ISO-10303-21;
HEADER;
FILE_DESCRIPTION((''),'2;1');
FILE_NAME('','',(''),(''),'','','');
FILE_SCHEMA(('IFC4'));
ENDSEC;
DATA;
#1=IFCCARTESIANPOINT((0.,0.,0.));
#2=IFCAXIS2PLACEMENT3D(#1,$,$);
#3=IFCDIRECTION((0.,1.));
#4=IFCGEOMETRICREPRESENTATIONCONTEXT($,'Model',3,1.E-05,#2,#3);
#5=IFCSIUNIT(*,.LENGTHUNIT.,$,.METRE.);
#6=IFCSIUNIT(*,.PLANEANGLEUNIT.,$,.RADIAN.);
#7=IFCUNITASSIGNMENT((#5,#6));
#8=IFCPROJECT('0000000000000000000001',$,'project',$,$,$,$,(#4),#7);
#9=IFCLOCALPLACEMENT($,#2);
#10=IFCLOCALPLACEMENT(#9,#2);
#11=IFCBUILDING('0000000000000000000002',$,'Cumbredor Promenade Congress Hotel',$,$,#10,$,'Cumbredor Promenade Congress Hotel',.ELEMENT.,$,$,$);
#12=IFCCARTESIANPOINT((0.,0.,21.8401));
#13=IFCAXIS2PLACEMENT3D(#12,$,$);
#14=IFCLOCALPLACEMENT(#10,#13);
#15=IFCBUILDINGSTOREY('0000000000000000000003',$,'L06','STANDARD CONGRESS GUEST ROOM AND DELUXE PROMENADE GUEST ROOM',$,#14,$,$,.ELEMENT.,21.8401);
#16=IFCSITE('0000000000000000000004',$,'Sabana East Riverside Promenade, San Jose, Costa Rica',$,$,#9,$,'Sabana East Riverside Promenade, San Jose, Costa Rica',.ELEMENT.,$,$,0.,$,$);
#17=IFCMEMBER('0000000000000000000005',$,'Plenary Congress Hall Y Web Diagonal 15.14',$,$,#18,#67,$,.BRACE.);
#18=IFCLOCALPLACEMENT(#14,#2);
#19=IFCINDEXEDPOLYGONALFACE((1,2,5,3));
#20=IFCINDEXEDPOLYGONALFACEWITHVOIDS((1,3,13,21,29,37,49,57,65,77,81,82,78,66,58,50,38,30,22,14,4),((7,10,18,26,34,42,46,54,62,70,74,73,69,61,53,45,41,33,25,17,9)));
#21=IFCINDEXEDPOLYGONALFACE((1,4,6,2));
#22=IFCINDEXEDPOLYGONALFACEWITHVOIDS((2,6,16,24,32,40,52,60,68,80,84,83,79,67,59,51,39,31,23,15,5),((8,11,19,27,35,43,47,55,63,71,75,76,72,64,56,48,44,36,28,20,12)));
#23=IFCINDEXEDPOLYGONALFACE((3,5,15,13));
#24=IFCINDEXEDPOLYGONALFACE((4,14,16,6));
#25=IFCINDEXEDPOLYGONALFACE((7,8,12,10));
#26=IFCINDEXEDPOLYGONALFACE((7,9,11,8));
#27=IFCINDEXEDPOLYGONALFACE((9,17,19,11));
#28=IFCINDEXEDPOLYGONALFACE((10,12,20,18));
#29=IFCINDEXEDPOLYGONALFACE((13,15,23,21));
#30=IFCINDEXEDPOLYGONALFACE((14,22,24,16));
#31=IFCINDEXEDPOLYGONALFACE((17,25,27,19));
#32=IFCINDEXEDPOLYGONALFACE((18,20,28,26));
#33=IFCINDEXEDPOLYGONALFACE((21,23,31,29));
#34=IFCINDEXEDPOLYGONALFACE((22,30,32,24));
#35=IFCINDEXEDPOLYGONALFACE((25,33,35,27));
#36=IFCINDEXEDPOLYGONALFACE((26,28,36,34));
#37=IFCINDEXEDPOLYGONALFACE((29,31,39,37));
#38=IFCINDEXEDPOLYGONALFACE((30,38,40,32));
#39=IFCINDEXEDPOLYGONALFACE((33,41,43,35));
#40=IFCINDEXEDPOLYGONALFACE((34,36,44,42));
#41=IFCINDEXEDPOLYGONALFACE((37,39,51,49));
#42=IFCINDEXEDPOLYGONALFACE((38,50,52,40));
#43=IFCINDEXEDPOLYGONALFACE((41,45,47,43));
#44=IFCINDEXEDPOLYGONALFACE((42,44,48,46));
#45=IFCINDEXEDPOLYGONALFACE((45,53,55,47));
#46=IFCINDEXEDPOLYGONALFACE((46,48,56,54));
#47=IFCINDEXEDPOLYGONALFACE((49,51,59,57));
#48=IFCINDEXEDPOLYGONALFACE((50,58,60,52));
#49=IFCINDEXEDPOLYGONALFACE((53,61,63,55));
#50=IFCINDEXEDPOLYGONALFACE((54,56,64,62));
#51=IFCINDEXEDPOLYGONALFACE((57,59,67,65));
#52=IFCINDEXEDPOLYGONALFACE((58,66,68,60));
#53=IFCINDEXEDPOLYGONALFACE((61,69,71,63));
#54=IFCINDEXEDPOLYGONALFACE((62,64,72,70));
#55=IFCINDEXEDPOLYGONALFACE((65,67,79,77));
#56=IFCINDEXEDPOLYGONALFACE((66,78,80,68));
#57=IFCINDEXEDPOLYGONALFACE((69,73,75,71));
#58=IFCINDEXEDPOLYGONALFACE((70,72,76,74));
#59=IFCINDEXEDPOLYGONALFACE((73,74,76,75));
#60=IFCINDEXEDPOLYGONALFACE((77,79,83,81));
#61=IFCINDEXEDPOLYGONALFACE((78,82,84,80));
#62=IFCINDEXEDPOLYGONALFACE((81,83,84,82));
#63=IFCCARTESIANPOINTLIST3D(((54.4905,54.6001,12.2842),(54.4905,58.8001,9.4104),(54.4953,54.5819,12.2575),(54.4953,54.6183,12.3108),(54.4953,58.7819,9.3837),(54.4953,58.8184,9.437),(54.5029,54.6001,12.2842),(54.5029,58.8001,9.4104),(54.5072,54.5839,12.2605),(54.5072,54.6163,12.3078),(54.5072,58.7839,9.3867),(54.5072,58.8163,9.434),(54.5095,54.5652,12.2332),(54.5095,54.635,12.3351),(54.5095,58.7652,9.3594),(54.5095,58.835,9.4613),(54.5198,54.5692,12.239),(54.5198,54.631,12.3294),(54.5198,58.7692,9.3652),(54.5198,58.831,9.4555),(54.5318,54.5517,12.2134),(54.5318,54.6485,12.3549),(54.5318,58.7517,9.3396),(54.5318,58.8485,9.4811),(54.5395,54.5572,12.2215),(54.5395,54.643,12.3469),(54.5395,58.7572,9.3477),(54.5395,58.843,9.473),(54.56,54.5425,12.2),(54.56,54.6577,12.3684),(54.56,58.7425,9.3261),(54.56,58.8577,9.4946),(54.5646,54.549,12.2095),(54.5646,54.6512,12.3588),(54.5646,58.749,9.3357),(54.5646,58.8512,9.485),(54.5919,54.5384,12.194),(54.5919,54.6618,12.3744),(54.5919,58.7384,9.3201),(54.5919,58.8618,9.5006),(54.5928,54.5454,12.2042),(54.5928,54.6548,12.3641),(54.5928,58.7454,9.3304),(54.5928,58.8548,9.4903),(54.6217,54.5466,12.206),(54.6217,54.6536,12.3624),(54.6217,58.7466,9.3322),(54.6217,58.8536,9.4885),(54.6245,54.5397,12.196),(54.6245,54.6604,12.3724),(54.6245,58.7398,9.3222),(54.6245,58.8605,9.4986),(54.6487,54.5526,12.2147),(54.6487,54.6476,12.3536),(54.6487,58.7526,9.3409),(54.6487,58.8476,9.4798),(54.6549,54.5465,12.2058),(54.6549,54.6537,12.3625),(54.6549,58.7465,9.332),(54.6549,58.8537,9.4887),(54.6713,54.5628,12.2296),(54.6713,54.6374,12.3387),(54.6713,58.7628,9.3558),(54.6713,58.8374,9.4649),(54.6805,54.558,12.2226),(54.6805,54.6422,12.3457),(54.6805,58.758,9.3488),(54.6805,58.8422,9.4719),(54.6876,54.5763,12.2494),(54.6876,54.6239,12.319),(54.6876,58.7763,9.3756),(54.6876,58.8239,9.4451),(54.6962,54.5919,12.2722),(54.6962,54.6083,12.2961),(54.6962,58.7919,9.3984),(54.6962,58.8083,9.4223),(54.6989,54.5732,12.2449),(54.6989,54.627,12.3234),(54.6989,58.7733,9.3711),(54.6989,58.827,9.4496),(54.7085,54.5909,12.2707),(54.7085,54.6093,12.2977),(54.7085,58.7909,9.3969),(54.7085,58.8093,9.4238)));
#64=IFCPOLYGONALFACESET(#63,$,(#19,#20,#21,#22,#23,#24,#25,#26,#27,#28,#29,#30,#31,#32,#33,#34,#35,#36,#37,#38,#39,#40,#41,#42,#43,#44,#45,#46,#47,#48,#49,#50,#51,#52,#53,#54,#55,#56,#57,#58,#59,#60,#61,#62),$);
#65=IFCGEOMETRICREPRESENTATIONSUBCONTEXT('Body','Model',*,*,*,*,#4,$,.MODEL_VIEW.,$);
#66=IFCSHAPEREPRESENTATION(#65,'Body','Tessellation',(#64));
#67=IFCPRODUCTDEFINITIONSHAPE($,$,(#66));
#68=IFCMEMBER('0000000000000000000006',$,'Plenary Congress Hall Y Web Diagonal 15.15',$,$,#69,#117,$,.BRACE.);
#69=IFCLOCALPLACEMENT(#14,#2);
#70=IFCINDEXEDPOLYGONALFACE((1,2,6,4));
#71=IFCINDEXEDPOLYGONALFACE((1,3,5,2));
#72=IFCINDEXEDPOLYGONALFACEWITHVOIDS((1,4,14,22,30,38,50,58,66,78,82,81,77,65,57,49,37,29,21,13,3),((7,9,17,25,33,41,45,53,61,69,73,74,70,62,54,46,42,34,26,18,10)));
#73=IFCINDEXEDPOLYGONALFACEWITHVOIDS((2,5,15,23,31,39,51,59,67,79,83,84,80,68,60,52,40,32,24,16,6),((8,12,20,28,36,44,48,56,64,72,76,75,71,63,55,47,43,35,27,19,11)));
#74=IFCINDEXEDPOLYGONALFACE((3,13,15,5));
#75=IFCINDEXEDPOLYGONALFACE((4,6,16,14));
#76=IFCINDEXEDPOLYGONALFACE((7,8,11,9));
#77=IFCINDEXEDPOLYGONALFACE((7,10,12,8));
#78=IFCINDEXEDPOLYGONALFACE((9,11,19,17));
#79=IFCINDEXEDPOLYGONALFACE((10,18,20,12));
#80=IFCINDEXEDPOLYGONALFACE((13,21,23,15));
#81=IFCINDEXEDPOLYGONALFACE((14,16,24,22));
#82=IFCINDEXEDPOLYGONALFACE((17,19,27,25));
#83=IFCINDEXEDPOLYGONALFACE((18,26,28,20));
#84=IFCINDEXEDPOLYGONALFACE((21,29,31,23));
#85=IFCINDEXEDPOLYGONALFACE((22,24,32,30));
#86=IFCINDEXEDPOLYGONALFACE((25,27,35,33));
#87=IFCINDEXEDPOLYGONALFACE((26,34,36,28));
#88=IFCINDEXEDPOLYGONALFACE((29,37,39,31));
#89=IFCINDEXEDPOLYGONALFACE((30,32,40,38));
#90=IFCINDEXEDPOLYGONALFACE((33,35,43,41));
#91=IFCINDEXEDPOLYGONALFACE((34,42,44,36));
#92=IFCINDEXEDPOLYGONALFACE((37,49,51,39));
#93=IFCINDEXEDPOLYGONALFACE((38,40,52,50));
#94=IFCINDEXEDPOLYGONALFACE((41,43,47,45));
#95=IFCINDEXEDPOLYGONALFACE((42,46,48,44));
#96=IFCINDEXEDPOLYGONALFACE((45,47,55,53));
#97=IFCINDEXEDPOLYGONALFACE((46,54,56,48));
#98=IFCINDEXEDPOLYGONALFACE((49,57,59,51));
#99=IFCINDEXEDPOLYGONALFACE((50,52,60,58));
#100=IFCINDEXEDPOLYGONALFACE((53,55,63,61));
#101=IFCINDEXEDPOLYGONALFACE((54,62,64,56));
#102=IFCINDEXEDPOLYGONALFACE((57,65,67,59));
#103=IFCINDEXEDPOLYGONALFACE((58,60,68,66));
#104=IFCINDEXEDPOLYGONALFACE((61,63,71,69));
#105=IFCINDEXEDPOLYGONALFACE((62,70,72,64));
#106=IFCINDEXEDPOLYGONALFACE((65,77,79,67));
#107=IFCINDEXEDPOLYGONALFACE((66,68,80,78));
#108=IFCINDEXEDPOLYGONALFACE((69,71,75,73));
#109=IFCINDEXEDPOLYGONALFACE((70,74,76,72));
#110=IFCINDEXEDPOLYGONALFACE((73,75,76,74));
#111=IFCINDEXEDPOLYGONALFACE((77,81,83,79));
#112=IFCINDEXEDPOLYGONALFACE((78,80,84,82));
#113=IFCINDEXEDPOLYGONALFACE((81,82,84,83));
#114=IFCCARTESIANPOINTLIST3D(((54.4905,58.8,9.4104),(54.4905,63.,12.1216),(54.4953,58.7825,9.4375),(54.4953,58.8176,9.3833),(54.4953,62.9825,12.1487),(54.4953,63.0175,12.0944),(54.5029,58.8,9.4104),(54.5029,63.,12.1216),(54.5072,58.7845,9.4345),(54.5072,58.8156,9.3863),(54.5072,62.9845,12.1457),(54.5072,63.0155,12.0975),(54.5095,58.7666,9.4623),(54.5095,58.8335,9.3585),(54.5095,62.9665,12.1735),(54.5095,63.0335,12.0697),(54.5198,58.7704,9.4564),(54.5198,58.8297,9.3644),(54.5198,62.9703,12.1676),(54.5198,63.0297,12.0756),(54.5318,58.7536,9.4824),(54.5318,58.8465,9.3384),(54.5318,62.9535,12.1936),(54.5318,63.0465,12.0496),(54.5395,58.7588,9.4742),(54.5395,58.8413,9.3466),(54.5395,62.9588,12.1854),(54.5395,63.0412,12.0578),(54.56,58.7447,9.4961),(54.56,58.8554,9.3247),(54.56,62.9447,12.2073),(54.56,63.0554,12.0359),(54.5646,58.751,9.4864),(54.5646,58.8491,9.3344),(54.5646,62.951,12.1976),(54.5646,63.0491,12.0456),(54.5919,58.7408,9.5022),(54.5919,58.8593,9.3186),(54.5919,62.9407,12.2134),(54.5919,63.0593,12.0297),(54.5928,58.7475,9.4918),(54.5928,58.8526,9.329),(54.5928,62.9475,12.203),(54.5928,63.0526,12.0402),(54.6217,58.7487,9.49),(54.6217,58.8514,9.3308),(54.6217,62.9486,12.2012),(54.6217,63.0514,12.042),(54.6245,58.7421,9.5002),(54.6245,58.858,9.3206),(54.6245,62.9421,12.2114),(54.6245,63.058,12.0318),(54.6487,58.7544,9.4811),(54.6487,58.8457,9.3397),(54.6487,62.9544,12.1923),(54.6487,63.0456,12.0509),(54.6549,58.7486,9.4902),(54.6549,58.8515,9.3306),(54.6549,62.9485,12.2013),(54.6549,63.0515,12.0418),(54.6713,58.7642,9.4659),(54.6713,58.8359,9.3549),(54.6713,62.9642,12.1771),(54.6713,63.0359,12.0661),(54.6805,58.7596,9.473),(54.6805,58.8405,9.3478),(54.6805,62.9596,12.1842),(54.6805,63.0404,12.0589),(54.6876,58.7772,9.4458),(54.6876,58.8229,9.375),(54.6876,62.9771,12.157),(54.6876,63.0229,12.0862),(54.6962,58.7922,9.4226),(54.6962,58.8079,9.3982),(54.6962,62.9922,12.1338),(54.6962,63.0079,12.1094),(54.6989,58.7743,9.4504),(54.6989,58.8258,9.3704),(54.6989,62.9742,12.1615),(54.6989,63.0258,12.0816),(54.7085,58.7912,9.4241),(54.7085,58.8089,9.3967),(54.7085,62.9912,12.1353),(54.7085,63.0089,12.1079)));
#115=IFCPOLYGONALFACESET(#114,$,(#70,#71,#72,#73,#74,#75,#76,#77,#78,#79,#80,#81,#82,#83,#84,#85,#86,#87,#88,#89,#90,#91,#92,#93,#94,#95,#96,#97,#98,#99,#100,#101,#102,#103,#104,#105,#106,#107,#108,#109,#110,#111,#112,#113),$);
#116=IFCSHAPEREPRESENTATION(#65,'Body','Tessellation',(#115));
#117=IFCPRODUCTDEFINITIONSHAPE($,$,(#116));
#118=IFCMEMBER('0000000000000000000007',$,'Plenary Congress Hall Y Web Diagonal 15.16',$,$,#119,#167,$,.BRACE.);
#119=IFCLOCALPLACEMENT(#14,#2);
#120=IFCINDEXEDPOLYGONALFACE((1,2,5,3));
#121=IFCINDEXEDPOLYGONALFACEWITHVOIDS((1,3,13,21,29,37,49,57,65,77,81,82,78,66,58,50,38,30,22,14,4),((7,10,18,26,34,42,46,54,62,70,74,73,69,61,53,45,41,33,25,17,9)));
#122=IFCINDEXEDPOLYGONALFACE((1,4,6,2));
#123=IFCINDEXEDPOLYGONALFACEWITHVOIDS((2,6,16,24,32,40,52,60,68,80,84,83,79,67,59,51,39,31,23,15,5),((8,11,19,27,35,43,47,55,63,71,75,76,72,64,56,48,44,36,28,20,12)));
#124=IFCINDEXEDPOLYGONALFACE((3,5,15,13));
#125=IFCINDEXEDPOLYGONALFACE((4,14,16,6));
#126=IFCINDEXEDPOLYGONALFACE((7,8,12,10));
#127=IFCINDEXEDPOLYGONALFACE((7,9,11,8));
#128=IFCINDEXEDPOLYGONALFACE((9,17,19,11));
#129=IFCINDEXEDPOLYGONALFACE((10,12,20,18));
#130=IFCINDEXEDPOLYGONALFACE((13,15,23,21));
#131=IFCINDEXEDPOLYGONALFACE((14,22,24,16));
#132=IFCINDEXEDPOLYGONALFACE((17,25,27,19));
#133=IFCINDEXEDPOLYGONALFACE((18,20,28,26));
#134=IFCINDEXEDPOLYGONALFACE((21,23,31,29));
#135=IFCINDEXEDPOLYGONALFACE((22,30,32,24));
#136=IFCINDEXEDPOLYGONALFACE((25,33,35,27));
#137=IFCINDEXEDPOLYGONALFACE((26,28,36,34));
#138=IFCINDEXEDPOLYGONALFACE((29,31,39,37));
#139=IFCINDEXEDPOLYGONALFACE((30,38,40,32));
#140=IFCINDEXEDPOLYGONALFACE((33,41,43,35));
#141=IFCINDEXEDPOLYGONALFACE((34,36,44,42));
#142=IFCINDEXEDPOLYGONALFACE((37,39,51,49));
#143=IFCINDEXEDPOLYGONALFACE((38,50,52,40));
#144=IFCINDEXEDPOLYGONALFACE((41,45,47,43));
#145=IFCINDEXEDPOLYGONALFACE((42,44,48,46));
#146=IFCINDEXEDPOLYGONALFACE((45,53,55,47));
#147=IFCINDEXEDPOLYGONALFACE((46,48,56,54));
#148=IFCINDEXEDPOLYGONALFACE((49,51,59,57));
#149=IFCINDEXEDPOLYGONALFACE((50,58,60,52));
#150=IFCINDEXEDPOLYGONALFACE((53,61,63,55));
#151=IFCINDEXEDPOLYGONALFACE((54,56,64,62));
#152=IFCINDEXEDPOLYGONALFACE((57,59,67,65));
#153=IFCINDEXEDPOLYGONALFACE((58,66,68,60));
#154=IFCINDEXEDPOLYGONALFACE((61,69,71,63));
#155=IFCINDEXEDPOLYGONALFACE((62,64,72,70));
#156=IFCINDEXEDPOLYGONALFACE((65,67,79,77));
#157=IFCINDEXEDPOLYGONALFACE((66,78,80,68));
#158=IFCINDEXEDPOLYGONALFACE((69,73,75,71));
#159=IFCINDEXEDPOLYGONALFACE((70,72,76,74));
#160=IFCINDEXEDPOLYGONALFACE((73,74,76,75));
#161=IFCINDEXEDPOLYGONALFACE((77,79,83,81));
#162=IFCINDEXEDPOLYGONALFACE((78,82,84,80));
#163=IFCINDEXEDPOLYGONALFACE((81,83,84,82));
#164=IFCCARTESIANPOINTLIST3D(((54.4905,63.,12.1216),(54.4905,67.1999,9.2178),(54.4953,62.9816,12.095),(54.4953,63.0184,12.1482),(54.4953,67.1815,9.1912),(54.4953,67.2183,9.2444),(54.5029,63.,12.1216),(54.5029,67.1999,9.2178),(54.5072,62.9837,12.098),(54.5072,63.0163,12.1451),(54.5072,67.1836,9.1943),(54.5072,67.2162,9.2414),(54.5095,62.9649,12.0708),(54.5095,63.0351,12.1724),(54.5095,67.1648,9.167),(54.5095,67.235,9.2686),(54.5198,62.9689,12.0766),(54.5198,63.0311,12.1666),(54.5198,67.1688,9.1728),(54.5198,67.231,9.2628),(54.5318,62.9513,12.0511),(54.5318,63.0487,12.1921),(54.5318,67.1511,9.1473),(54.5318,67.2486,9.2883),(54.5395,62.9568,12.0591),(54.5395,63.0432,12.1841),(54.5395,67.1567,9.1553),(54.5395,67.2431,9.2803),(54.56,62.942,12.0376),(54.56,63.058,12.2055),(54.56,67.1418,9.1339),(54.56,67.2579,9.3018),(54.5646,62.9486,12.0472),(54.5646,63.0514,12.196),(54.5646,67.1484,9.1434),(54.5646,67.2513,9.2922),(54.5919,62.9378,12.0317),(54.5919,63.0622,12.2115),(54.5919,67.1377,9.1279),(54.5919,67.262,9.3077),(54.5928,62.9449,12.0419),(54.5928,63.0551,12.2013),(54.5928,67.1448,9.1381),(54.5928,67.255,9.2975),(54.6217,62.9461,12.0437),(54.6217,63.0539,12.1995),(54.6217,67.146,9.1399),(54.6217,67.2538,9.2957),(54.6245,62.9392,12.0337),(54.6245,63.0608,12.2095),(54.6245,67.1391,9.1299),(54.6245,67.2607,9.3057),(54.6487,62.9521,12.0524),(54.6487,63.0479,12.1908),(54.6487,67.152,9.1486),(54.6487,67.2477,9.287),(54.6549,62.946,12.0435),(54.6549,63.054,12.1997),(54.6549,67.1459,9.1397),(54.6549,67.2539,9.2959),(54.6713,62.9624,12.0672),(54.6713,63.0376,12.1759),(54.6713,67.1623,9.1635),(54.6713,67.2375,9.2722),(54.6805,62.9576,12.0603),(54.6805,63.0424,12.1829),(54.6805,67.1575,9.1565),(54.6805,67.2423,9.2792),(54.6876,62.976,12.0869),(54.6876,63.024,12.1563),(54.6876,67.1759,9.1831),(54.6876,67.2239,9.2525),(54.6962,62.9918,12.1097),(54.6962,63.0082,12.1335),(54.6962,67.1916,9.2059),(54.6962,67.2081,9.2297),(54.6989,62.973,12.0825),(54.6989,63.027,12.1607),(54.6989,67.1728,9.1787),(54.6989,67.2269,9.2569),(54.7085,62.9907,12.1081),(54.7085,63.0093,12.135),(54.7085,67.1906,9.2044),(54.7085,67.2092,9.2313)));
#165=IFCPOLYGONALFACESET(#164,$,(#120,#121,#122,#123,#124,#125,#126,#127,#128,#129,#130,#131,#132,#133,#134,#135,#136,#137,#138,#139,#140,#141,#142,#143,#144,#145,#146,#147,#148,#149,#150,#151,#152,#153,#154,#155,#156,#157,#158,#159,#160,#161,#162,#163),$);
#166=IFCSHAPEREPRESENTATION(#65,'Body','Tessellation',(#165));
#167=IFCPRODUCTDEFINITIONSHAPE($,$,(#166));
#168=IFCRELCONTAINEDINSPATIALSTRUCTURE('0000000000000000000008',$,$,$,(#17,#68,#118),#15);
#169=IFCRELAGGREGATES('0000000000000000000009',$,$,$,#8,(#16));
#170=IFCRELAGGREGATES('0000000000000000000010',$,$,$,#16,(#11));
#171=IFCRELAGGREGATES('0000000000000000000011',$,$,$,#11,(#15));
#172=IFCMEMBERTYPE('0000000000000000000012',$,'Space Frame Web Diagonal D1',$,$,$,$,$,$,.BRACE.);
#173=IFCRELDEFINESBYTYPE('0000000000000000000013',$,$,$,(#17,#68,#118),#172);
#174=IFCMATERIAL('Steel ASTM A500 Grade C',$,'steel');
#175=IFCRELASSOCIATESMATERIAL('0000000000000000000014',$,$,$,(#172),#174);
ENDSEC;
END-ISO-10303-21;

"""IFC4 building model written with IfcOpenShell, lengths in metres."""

from ifc_helpers import new_model, si_unit, direction, frame, origin, origin_2d, place, context, subcontext, project, spatial, hollow_circle, extrude, material, material_profile, profile_set, type_object, element, save


model = new_model("IFC4")

# Units and contexts
model_context = context("Model", 3, precision=1e-05, world=origin(), true_north=direction((0.0, 1.0)))
body_context = subcontext(model_context, "Body", "Model", "MODEL_VIEW")
ifc_project = project(units=[si_unit("LENGTHUNIT", "METRE"), si_unit("PLANEANGLEUNIT", "RADIAN")], contexts=[model_context])

# Site, building, storey
site_placement = place(None, origin())
site = spatial("IfcSite", under=ifc_project, at=site_placement, Name="Sabana East Riverside Promenade, San Jose, Costa Rica", LongName="Sabana East Riverside Promenade, San Jose, Costa Rica", CompositionType="ELEMENT", RefElevation=0.0)
building_placement = place(site_placement, origin())
building = spatial("IfcBuilding", under=site, at=building_placement, Name="Cumbredor Promenade Congress Hotel", LongName="Cumbredor Promenade Congress Hotel", CompositionType="ELEMENT")
storey_placement = place(building_placement, frame((0.0, 0.0, 21.8401)))
storey = spatial("IfcBuildingStorey", under=building, at=storey_placement, Name="L06", Description="STANDARD CONGRESS GUEST ROOM AND DELUXE PROMENADE GUEST ROOM", CompositionType="ELEMENT", Elevation=21.8401)

# Members
ifc_material_1 = material(Name="Steel ASTM A500 Grade C", Category="steel")
ifc_material_profile_1 = material_profile(ifc_material_1, hollow_circle(Radius=0.1096, WallThickness=0.0125, at=origin_2d()), Name="CHS 219.1x12.5")
ifc_profile_set_1 = profile_set([ifc_material_profile_1], Name="Steel ASTM A500 Grade C")
member_type_1 = type_object("IfcMemberType", Name="Space Frame Web Diagonal D1", PredefinedType="BRACE", material=ifc_profile_set_1)
member_1_placement = place(storey_placement, frame((54.6001, 54.6001, 12.2842), z_axis=(0.0, 0.825295, -0.564701), x_axis=(-1.0, 0.0, 0.0)))
element("IfcMember", 1, at=member_1_placement, inside=storey, type_object=member_type_1, Name="Plenary Congress Hall Y Web Diagonal 15.14", PredefinedType="BRACE", context=body_context, shape_type="SweptSolid", body=[
    extrude(hollow_circle(Radius=0.1096, WallThickness=0.0125, at=origin_2d()), origin(), (0.0, 0.0, 1.0), 5.0891),
])
member_2_placement = place(storey_placement, frame((54.6001, 58.8, 9.4104), z_axis=(0.0, 0.840157, 0.542344), x_axis=(-1.0, 0.0, 0.0)))
element("IfcMember", 2, at=member_2_placement, inside=storey, type_object=member_type_1, Name="Plenary Congress Hall Y Web Diagonal 15.15", PredefinedType="BRACE", context=body_context, shape_type="SweptSolid", body=[
    extrude(hollow_circle(Radius=0.1096, WallThickness=0.0125, at=origin_2d()), origin(), (0.0, 0.0, 1.0), 4.999),
])
member_3_placement = place(storey_placement, frame((54.6001, 63.0, 12.1216), z_axis=(0.0, 0.822545, -0.5687), x_axis=(-1.0, 0.0, 0.0)))
element("IfcMember", 3, at=member_3_placement, inside=storey, type_object=member_type_1, Name="Plenary Congress Hall Y Web Diagonal 15.16", PredefinedType="BRACE", context=body_context, shape_type="SweptSolid", body=[
    extrude(hollow_circle(Radius=0.1096, WallThickness=0.0125, at=origin_2d()), origin(), (0.0, 0.0, 1.0), 5.106),
])

save(model, "model.ifc")
